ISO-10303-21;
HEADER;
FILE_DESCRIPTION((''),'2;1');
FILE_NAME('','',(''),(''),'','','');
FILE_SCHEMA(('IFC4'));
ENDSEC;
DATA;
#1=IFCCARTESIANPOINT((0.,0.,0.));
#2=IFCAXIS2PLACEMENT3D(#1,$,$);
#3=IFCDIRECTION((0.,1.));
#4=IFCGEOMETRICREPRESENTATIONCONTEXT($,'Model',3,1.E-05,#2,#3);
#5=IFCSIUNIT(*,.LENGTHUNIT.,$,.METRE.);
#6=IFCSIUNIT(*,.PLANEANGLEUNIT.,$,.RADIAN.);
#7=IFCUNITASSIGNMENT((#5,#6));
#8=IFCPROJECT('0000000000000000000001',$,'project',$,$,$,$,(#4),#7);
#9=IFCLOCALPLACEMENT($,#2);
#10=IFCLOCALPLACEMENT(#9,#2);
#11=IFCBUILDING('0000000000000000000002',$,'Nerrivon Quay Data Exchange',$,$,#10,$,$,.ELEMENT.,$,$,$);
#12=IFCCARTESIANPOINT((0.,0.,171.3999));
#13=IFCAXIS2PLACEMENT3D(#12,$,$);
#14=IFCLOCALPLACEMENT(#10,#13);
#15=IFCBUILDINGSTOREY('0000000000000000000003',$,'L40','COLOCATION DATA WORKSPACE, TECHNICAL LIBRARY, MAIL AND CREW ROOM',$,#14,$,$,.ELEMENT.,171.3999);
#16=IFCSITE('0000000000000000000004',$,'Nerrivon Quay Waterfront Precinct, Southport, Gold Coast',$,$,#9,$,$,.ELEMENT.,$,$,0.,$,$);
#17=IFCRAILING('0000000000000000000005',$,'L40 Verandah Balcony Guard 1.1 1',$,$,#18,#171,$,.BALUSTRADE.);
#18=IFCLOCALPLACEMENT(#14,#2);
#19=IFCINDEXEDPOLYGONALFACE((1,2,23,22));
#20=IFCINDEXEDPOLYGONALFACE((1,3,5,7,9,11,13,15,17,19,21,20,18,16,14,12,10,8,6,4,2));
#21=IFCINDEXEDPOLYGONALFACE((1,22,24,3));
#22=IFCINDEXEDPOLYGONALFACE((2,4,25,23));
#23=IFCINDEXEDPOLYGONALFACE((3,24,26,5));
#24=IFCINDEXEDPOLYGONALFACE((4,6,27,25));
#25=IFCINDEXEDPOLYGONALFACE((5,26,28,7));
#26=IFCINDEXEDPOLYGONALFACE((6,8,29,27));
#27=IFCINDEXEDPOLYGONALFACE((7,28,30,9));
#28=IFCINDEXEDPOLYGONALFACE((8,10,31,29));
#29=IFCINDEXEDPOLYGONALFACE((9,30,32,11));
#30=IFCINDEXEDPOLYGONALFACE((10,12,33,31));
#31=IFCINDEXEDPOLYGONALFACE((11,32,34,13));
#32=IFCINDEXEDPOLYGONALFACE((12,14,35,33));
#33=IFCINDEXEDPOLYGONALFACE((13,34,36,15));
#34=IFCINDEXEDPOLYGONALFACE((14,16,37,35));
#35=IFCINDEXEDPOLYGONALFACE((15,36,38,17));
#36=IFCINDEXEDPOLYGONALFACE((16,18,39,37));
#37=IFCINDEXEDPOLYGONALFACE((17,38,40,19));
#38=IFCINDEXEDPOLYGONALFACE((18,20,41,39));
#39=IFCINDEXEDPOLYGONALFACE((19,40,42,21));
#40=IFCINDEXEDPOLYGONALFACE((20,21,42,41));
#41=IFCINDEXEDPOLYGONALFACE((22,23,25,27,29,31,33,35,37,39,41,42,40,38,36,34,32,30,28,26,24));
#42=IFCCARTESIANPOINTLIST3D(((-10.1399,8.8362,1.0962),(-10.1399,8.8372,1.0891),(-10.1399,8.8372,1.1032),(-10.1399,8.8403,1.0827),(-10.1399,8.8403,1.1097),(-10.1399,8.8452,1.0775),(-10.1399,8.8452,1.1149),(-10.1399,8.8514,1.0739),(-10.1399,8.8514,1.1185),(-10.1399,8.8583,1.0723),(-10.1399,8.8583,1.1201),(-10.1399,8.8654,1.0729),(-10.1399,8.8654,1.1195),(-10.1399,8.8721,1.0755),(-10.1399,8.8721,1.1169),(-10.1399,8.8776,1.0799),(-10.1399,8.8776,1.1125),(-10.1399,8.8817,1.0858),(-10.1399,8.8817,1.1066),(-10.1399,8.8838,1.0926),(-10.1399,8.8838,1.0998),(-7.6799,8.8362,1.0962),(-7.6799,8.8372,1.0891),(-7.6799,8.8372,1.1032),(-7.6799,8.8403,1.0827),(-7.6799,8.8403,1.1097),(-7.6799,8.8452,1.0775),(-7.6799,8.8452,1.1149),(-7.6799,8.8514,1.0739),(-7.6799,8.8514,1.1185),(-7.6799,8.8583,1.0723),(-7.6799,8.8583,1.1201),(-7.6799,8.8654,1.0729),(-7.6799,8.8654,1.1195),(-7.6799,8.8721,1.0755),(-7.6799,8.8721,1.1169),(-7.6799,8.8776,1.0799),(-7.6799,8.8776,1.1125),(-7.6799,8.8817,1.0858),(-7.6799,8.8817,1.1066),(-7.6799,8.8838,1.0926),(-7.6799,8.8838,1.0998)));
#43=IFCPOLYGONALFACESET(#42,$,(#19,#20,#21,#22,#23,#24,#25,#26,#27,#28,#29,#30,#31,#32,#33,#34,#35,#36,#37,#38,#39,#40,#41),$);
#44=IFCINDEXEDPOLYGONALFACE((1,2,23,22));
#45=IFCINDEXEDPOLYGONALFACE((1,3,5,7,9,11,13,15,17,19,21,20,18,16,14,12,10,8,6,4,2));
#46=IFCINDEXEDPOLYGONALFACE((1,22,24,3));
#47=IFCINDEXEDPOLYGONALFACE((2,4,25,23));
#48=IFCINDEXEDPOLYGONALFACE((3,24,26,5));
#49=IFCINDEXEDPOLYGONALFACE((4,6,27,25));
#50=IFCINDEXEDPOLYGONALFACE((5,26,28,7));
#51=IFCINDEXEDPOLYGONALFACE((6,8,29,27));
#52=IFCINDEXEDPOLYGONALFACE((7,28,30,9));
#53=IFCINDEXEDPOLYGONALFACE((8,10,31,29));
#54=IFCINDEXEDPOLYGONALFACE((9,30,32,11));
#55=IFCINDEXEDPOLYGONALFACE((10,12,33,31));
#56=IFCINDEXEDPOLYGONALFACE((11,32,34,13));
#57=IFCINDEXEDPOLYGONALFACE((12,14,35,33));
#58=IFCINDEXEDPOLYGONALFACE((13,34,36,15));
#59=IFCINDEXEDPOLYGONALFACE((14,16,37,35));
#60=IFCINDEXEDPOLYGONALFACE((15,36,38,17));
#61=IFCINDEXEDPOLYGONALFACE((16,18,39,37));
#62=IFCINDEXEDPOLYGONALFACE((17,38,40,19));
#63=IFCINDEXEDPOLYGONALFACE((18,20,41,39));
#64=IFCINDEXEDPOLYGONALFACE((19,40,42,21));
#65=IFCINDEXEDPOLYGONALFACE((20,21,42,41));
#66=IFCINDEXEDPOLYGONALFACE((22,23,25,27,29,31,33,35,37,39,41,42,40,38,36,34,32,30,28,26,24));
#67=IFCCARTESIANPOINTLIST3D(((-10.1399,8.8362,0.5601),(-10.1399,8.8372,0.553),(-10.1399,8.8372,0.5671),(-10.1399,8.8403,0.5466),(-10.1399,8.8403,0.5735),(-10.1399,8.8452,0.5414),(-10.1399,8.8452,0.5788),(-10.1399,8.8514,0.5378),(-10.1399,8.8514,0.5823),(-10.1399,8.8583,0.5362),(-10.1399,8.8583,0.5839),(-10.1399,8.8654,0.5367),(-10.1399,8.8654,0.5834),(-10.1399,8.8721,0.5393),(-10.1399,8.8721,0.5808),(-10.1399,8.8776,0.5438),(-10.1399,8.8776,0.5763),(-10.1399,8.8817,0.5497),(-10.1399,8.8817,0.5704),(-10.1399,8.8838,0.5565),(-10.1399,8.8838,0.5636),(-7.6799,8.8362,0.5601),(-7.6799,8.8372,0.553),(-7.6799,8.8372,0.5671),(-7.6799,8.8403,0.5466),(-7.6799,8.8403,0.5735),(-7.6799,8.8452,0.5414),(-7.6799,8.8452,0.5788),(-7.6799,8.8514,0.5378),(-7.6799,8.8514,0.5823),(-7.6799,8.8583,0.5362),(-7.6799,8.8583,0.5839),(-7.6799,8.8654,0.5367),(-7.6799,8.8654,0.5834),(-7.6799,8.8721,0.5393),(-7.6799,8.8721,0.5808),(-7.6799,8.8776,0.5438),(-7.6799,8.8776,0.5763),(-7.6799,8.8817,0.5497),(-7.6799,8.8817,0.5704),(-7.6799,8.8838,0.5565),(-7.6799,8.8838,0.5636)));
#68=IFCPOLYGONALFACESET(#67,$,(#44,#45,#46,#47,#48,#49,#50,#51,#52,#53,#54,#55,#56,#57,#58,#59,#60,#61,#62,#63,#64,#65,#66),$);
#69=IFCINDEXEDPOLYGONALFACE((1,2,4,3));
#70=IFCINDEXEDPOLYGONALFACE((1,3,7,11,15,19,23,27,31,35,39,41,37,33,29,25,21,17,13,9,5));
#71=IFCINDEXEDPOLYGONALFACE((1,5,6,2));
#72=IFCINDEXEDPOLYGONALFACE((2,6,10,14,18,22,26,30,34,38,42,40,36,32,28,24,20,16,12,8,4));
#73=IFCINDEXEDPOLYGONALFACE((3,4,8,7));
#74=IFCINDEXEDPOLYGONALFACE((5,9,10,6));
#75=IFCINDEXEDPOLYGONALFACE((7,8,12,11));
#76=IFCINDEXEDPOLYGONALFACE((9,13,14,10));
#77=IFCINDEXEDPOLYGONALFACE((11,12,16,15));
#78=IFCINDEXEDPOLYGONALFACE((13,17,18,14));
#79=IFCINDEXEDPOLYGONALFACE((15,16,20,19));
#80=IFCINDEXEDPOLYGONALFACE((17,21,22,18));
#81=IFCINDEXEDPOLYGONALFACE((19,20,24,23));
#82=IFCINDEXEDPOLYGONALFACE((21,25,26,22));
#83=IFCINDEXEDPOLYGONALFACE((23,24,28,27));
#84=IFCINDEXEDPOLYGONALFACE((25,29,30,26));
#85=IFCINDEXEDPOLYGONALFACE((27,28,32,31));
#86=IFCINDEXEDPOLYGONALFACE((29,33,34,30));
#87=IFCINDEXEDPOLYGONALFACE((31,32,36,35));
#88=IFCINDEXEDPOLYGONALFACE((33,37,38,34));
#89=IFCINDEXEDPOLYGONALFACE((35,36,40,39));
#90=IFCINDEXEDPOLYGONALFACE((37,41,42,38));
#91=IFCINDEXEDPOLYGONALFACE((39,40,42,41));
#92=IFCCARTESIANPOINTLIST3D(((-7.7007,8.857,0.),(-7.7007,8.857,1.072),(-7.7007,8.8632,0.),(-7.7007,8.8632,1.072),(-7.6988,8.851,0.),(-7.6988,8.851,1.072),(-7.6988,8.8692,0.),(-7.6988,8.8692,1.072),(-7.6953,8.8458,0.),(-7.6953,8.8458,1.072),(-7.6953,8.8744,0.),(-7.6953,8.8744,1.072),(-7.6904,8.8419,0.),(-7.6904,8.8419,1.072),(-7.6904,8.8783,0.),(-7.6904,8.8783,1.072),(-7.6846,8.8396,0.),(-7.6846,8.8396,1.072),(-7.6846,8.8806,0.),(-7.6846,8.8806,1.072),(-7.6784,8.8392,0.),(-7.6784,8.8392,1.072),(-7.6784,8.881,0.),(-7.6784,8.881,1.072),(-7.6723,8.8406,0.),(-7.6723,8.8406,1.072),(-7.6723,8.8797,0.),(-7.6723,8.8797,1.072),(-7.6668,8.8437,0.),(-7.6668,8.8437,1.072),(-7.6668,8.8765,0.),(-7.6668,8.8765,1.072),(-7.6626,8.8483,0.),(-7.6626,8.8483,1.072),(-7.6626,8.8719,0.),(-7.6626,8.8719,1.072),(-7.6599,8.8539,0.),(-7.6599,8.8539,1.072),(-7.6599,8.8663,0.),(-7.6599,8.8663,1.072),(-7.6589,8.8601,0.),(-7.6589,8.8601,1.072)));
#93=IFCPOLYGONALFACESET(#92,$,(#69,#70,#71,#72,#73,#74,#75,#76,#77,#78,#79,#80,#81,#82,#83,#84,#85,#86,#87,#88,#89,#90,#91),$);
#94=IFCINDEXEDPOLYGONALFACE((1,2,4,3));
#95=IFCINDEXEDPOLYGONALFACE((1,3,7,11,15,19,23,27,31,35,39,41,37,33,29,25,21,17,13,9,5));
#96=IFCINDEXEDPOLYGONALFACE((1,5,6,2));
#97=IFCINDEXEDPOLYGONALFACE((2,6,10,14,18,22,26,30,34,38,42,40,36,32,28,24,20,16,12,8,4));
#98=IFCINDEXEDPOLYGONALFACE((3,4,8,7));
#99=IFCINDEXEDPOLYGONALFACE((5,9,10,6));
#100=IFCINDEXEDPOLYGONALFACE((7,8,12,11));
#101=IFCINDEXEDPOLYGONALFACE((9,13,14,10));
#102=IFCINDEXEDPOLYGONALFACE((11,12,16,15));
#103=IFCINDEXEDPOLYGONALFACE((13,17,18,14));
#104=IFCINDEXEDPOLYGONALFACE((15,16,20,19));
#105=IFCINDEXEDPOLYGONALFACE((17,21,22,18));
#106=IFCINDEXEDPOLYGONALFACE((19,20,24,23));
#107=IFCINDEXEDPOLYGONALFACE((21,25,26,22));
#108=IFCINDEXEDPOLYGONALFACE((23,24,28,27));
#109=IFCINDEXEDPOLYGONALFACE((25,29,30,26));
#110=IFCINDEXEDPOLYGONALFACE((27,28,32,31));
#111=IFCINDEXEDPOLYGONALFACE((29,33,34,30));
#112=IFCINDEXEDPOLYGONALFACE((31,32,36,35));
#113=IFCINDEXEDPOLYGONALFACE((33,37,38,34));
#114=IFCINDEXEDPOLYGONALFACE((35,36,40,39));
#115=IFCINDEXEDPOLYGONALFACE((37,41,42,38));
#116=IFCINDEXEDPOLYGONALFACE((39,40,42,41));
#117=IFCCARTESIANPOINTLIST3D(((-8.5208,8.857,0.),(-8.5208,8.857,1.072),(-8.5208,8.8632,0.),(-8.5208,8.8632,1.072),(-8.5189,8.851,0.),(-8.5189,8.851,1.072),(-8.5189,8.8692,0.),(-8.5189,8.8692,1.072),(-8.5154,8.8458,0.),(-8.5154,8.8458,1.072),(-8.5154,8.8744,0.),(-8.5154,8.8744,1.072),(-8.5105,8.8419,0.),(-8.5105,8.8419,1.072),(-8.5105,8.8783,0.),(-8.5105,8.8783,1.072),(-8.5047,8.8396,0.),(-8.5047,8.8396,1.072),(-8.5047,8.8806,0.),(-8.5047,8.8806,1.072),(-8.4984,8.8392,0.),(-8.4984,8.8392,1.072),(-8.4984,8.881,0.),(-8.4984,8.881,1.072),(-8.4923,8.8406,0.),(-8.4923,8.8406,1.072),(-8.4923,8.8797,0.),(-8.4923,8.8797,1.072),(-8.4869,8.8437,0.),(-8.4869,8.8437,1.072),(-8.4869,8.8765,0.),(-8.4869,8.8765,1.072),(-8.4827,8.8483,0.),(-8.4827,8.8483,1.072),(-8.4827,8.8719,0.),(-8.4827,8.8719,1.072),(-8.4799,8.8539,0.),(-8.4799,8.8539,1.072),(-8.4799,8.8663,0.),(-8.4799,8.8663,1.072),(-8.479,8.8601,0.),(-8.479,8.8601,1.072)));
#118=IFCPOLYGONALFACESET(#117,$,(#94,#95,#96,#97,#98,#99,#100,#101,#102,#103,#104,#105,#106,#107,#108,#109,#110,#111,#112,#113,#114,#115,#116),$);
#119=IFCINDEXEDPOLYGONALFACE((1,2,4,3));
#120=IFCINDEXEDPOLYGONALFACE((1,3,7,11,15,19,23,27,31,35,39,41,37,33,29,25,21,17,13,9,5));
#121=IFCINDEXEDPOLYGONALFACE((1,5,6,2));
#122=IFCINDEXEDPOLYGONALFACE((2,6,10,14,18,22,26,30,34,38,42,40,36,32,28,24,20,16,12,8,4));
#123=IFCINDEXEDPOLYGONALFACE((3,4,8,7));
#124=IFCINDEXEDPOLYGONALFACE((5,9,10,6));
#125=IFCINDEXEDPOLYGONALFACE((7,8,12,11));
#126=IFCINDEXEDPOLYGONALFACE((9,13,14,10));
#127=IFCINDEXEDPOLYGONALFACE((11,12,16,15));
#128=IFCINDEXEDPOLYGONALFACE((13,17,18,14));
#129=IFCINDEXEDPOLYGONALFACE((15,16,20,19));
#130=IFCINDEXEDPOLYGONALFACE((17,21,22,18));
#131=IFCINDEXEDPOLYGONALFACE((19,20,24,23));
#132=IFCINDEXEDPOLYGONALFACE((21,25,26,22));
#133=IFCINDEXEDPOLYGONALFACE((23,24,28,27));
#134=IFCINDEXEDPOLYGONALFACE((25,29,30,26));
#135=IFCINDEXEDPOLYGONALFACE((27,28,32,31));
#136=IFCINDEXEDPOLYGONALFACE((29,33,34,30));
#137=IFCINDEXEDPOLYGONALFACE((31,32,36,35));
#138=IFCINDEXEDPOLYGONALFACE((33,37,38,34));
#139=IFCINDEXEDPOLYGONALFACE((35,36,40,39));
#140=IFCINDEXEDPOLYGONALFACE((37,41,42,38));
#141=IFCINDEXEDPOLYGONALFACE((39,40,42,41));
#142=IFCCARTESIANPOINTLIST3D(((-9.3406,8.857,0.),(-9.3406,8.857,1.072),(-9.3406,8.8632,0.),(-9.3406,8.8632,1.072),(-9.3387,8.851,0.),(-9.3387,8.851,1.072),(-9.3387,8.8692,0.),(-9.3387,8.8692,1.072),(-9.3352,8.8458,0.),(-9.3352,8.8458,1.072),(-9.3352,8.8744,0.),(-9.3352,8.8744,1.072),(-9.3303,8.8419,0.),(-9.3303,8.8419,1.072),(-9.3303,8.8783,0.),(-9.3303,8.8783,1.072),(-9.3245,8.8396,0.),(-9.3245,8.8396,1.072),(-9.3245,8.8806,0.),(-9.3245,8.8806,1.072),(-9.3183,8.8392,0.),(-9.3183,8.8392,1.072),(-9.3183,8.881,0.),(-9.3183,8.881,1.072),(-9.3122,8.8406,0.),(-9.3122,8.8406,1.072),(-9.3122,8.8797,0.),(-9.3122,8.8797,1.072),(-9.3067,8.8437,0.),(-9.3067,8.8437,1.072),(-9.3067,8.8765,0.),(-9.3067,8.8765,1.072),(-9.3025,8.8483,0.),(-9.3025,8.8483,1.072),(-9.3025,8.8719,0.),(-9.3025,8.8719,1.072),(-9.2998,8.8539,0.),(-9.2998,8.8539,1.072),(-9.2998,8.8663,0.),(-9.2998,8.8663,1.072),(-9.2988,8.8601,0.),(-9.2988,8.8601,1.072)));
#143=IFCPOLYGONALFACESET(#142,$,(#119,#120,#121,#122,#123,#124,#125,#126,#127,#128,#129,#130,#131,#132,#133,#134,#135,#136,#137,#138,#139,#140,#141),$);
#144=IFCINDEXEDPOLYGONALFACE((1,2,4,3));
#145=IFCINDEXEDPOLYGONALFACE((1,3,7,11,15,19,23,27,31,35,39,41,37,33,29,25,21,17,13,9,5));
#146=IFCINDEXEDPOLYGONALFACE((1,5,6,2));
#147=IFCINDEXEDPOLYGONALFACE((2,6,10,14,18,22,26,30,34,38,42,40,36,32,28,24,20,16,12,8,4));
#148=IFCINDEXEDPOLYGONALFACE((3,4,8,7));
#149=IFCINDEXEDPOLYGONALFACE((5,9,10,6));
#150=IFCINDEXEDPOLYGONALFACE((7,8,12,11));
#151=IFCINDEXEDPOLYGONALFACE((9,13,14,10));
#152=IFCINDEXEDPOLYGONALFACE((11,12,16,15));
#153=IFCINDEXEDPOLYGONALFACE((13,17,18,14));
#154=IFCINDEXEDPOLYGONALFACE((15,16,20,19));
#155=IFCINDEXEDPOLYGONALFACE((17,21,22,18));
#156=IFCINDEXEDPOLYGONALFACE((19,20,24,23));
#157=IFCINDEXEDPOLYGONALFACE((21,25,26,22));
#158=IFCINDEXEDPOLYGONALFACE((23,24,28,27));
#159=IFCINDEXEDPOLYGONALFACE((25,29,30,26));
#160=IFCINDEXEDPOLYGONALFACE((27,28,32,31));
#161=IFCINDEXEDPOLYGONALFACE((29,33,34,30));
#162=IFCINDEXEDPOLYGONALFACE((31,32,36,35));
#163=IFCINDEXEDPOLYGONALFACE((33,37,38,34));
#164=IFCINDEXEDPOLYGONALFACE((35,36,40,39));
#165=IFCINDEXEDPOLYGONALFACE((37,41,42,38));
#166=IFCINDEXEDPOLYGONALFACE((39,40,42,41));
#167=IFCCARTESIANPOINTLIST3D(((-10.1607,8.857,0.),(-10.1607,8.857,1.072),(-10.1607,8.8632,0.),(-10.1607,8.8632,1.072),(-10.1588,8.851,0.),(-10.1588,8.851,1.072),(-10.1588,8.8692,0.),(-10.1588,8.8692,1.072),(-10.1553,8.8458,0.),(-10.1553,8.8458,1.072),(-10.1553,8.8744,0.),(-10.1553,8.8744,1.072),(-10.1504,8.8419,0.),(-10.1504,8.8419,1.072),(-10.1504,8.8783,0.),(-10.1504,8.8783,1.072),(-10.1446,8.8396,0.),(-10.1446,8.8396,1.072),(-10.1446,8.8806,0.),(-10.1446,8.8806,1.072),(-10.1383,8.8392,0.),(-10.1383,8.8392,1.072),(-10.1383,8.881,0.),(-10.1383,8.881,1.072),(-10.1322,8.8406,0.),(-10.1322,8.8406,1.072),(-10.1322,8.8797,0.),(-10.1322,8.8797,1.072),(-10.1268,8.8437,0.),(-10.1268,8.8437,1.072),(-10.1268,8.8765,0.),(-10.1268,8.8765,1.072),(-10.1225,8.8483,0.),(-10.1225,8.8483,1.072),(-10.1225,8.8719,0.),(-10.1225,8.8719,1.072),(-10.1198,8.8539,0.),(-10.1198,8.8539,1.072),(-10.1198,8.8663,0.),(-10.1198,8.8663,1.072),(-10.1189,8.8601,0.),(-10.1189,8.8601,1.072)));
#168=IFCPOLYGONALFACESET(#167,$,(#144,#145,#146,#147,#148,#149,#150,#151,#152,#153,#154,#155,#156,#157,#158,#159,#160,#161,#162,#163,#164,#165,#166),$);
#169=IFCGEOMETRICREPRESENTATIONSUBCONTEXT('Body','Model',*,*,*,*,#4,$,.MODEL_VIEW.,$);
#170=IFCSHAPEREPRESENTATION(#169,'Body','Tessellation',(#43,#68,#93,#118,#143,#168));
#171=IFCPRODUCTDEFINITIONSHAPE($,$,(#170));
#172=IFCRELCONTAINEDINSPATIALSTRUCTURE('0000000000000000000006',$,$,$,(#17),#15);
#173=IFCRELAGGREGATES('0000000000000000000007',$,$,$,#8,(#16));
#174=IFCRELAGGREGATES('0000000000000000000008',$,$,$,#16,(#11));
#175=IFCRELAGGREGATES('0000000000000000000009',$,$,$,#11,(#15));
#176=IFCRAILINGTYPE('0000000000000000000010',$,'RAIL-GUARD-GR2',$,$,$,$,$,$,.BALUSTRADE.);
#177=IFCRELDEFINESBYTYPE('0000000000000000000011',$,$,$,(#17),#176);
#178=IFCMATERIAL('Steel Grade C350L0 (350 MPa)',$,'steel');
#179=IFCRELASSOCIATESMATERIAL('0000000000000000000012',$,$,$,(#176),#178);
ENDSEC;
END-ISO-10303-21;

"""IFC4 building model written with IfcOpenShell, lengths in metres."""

from ifc_helpers import new_model, si_unit, direction, frame, origin, origin_2d, place, context, subcontext, project, spatial, circle, extrude, material, type_object, element, save


model = new_model("IFC4")

# Units and contexts
model_context = context("Model", 3, precision=1e-05, world=origin(), true_north=direction((0.0, 1.0)))
body_context = subcontext(model_context, "Body", "Model", "MODEL_VIEW")
ifc_project = project(units=[si_unit("LENGTHUNIT", "METRE"), si_unit("PLANEANGLEUNIT", "RADIAN")], contexts=[model_context])

# Site, building, storey
site_placement = place(None, origin())
site = spatial("IfcSite", under=ifc_project, at=site_placement, Name="Nerrivon Quay Waterfront Precinct, Southport, Gold Coast", CompositionType="ELEMENT", RefElevation=0.0)
building_placement = place(site_placement, origin())
building = spatial("IfcBuilding", under=site, at=building_placement, Name="Nerrivon Quay Data Exchange", CompositionType="ELEMENT")
storey_placement = place(building_placement, frame((0.0, 0.0, 171.3999)))
storey = spatial("IfcBuildingStorey", under=building, at=storey_placement, Name="L40", Description="COLOCATION DATA WORKSPACE, TECHNICAL LIBRARY, MAIL AND CREW ROOM", CompositionType="ELEMENT", Elevation=171.3999)

# Shared definitions
ifc_material_1 = material(Name="Steel Grade C350L0 (350 MPa)", Category="steel")

# Railing
railing_type = type_object("IfcRailingType", Name="RAIL-GUARD-GR2", PredefinedType="BALUSTRADE", material=ifc_material_1)
railing_1_placement = place(storey_placement, frame((-7.6799, 8.8601, 0.0)))
element("IfcRailing", 1, at=railing_1_placement, inside=storey, type_object=railing_type, Name="L40 Verandah Balcony Guard 1.1 1", PredefinedType="BALUSTRADE", context=body_context, shape_type="SweptSolid", body=[
    extrude(circle(Radius=0.0239, at=origin_2d()), frame((0.0, 0.0, 1.0962), z_axis=(-1.0, 0.0, 0.0), x_axis=(0.0, -1.0, 0.0)), (0.0, 0.0, 1.0), 2.46),
    extrude(circle(Radius=0.0239, at=origin_2d()), frame((0.0, 0.0, 0.5601), z_axis=(-1.0, 0.0, 0.0), x_axis=(0.0, -1.0, 0.0)), (0.0, 0.0, 1.0), 2.46),
    extrude(circle(Radius=0.021, at=origin_2d()), origin(), (0.0, 0.0, 1.0), 1.072),
    extrude(circle(Radius=0.021, at=origin_2d()), frame((-0.8201, 0.0, 0.0)), (0.0, 0.0, 1.0), 1.072),
    extrude(circle(Radius=0.021, at=origin_2d()), frame((-1.6399, 0.0, 0.0)), (0.0, 0.0, 1.0), 1.072),
    extrude(circle(Radius=0.021, at=origin_2d()), frame((-2.46, 0.0, 0.0)), (0.0, 0.0, 1.0), 1.072),
])

save(model, "model.ifc")
